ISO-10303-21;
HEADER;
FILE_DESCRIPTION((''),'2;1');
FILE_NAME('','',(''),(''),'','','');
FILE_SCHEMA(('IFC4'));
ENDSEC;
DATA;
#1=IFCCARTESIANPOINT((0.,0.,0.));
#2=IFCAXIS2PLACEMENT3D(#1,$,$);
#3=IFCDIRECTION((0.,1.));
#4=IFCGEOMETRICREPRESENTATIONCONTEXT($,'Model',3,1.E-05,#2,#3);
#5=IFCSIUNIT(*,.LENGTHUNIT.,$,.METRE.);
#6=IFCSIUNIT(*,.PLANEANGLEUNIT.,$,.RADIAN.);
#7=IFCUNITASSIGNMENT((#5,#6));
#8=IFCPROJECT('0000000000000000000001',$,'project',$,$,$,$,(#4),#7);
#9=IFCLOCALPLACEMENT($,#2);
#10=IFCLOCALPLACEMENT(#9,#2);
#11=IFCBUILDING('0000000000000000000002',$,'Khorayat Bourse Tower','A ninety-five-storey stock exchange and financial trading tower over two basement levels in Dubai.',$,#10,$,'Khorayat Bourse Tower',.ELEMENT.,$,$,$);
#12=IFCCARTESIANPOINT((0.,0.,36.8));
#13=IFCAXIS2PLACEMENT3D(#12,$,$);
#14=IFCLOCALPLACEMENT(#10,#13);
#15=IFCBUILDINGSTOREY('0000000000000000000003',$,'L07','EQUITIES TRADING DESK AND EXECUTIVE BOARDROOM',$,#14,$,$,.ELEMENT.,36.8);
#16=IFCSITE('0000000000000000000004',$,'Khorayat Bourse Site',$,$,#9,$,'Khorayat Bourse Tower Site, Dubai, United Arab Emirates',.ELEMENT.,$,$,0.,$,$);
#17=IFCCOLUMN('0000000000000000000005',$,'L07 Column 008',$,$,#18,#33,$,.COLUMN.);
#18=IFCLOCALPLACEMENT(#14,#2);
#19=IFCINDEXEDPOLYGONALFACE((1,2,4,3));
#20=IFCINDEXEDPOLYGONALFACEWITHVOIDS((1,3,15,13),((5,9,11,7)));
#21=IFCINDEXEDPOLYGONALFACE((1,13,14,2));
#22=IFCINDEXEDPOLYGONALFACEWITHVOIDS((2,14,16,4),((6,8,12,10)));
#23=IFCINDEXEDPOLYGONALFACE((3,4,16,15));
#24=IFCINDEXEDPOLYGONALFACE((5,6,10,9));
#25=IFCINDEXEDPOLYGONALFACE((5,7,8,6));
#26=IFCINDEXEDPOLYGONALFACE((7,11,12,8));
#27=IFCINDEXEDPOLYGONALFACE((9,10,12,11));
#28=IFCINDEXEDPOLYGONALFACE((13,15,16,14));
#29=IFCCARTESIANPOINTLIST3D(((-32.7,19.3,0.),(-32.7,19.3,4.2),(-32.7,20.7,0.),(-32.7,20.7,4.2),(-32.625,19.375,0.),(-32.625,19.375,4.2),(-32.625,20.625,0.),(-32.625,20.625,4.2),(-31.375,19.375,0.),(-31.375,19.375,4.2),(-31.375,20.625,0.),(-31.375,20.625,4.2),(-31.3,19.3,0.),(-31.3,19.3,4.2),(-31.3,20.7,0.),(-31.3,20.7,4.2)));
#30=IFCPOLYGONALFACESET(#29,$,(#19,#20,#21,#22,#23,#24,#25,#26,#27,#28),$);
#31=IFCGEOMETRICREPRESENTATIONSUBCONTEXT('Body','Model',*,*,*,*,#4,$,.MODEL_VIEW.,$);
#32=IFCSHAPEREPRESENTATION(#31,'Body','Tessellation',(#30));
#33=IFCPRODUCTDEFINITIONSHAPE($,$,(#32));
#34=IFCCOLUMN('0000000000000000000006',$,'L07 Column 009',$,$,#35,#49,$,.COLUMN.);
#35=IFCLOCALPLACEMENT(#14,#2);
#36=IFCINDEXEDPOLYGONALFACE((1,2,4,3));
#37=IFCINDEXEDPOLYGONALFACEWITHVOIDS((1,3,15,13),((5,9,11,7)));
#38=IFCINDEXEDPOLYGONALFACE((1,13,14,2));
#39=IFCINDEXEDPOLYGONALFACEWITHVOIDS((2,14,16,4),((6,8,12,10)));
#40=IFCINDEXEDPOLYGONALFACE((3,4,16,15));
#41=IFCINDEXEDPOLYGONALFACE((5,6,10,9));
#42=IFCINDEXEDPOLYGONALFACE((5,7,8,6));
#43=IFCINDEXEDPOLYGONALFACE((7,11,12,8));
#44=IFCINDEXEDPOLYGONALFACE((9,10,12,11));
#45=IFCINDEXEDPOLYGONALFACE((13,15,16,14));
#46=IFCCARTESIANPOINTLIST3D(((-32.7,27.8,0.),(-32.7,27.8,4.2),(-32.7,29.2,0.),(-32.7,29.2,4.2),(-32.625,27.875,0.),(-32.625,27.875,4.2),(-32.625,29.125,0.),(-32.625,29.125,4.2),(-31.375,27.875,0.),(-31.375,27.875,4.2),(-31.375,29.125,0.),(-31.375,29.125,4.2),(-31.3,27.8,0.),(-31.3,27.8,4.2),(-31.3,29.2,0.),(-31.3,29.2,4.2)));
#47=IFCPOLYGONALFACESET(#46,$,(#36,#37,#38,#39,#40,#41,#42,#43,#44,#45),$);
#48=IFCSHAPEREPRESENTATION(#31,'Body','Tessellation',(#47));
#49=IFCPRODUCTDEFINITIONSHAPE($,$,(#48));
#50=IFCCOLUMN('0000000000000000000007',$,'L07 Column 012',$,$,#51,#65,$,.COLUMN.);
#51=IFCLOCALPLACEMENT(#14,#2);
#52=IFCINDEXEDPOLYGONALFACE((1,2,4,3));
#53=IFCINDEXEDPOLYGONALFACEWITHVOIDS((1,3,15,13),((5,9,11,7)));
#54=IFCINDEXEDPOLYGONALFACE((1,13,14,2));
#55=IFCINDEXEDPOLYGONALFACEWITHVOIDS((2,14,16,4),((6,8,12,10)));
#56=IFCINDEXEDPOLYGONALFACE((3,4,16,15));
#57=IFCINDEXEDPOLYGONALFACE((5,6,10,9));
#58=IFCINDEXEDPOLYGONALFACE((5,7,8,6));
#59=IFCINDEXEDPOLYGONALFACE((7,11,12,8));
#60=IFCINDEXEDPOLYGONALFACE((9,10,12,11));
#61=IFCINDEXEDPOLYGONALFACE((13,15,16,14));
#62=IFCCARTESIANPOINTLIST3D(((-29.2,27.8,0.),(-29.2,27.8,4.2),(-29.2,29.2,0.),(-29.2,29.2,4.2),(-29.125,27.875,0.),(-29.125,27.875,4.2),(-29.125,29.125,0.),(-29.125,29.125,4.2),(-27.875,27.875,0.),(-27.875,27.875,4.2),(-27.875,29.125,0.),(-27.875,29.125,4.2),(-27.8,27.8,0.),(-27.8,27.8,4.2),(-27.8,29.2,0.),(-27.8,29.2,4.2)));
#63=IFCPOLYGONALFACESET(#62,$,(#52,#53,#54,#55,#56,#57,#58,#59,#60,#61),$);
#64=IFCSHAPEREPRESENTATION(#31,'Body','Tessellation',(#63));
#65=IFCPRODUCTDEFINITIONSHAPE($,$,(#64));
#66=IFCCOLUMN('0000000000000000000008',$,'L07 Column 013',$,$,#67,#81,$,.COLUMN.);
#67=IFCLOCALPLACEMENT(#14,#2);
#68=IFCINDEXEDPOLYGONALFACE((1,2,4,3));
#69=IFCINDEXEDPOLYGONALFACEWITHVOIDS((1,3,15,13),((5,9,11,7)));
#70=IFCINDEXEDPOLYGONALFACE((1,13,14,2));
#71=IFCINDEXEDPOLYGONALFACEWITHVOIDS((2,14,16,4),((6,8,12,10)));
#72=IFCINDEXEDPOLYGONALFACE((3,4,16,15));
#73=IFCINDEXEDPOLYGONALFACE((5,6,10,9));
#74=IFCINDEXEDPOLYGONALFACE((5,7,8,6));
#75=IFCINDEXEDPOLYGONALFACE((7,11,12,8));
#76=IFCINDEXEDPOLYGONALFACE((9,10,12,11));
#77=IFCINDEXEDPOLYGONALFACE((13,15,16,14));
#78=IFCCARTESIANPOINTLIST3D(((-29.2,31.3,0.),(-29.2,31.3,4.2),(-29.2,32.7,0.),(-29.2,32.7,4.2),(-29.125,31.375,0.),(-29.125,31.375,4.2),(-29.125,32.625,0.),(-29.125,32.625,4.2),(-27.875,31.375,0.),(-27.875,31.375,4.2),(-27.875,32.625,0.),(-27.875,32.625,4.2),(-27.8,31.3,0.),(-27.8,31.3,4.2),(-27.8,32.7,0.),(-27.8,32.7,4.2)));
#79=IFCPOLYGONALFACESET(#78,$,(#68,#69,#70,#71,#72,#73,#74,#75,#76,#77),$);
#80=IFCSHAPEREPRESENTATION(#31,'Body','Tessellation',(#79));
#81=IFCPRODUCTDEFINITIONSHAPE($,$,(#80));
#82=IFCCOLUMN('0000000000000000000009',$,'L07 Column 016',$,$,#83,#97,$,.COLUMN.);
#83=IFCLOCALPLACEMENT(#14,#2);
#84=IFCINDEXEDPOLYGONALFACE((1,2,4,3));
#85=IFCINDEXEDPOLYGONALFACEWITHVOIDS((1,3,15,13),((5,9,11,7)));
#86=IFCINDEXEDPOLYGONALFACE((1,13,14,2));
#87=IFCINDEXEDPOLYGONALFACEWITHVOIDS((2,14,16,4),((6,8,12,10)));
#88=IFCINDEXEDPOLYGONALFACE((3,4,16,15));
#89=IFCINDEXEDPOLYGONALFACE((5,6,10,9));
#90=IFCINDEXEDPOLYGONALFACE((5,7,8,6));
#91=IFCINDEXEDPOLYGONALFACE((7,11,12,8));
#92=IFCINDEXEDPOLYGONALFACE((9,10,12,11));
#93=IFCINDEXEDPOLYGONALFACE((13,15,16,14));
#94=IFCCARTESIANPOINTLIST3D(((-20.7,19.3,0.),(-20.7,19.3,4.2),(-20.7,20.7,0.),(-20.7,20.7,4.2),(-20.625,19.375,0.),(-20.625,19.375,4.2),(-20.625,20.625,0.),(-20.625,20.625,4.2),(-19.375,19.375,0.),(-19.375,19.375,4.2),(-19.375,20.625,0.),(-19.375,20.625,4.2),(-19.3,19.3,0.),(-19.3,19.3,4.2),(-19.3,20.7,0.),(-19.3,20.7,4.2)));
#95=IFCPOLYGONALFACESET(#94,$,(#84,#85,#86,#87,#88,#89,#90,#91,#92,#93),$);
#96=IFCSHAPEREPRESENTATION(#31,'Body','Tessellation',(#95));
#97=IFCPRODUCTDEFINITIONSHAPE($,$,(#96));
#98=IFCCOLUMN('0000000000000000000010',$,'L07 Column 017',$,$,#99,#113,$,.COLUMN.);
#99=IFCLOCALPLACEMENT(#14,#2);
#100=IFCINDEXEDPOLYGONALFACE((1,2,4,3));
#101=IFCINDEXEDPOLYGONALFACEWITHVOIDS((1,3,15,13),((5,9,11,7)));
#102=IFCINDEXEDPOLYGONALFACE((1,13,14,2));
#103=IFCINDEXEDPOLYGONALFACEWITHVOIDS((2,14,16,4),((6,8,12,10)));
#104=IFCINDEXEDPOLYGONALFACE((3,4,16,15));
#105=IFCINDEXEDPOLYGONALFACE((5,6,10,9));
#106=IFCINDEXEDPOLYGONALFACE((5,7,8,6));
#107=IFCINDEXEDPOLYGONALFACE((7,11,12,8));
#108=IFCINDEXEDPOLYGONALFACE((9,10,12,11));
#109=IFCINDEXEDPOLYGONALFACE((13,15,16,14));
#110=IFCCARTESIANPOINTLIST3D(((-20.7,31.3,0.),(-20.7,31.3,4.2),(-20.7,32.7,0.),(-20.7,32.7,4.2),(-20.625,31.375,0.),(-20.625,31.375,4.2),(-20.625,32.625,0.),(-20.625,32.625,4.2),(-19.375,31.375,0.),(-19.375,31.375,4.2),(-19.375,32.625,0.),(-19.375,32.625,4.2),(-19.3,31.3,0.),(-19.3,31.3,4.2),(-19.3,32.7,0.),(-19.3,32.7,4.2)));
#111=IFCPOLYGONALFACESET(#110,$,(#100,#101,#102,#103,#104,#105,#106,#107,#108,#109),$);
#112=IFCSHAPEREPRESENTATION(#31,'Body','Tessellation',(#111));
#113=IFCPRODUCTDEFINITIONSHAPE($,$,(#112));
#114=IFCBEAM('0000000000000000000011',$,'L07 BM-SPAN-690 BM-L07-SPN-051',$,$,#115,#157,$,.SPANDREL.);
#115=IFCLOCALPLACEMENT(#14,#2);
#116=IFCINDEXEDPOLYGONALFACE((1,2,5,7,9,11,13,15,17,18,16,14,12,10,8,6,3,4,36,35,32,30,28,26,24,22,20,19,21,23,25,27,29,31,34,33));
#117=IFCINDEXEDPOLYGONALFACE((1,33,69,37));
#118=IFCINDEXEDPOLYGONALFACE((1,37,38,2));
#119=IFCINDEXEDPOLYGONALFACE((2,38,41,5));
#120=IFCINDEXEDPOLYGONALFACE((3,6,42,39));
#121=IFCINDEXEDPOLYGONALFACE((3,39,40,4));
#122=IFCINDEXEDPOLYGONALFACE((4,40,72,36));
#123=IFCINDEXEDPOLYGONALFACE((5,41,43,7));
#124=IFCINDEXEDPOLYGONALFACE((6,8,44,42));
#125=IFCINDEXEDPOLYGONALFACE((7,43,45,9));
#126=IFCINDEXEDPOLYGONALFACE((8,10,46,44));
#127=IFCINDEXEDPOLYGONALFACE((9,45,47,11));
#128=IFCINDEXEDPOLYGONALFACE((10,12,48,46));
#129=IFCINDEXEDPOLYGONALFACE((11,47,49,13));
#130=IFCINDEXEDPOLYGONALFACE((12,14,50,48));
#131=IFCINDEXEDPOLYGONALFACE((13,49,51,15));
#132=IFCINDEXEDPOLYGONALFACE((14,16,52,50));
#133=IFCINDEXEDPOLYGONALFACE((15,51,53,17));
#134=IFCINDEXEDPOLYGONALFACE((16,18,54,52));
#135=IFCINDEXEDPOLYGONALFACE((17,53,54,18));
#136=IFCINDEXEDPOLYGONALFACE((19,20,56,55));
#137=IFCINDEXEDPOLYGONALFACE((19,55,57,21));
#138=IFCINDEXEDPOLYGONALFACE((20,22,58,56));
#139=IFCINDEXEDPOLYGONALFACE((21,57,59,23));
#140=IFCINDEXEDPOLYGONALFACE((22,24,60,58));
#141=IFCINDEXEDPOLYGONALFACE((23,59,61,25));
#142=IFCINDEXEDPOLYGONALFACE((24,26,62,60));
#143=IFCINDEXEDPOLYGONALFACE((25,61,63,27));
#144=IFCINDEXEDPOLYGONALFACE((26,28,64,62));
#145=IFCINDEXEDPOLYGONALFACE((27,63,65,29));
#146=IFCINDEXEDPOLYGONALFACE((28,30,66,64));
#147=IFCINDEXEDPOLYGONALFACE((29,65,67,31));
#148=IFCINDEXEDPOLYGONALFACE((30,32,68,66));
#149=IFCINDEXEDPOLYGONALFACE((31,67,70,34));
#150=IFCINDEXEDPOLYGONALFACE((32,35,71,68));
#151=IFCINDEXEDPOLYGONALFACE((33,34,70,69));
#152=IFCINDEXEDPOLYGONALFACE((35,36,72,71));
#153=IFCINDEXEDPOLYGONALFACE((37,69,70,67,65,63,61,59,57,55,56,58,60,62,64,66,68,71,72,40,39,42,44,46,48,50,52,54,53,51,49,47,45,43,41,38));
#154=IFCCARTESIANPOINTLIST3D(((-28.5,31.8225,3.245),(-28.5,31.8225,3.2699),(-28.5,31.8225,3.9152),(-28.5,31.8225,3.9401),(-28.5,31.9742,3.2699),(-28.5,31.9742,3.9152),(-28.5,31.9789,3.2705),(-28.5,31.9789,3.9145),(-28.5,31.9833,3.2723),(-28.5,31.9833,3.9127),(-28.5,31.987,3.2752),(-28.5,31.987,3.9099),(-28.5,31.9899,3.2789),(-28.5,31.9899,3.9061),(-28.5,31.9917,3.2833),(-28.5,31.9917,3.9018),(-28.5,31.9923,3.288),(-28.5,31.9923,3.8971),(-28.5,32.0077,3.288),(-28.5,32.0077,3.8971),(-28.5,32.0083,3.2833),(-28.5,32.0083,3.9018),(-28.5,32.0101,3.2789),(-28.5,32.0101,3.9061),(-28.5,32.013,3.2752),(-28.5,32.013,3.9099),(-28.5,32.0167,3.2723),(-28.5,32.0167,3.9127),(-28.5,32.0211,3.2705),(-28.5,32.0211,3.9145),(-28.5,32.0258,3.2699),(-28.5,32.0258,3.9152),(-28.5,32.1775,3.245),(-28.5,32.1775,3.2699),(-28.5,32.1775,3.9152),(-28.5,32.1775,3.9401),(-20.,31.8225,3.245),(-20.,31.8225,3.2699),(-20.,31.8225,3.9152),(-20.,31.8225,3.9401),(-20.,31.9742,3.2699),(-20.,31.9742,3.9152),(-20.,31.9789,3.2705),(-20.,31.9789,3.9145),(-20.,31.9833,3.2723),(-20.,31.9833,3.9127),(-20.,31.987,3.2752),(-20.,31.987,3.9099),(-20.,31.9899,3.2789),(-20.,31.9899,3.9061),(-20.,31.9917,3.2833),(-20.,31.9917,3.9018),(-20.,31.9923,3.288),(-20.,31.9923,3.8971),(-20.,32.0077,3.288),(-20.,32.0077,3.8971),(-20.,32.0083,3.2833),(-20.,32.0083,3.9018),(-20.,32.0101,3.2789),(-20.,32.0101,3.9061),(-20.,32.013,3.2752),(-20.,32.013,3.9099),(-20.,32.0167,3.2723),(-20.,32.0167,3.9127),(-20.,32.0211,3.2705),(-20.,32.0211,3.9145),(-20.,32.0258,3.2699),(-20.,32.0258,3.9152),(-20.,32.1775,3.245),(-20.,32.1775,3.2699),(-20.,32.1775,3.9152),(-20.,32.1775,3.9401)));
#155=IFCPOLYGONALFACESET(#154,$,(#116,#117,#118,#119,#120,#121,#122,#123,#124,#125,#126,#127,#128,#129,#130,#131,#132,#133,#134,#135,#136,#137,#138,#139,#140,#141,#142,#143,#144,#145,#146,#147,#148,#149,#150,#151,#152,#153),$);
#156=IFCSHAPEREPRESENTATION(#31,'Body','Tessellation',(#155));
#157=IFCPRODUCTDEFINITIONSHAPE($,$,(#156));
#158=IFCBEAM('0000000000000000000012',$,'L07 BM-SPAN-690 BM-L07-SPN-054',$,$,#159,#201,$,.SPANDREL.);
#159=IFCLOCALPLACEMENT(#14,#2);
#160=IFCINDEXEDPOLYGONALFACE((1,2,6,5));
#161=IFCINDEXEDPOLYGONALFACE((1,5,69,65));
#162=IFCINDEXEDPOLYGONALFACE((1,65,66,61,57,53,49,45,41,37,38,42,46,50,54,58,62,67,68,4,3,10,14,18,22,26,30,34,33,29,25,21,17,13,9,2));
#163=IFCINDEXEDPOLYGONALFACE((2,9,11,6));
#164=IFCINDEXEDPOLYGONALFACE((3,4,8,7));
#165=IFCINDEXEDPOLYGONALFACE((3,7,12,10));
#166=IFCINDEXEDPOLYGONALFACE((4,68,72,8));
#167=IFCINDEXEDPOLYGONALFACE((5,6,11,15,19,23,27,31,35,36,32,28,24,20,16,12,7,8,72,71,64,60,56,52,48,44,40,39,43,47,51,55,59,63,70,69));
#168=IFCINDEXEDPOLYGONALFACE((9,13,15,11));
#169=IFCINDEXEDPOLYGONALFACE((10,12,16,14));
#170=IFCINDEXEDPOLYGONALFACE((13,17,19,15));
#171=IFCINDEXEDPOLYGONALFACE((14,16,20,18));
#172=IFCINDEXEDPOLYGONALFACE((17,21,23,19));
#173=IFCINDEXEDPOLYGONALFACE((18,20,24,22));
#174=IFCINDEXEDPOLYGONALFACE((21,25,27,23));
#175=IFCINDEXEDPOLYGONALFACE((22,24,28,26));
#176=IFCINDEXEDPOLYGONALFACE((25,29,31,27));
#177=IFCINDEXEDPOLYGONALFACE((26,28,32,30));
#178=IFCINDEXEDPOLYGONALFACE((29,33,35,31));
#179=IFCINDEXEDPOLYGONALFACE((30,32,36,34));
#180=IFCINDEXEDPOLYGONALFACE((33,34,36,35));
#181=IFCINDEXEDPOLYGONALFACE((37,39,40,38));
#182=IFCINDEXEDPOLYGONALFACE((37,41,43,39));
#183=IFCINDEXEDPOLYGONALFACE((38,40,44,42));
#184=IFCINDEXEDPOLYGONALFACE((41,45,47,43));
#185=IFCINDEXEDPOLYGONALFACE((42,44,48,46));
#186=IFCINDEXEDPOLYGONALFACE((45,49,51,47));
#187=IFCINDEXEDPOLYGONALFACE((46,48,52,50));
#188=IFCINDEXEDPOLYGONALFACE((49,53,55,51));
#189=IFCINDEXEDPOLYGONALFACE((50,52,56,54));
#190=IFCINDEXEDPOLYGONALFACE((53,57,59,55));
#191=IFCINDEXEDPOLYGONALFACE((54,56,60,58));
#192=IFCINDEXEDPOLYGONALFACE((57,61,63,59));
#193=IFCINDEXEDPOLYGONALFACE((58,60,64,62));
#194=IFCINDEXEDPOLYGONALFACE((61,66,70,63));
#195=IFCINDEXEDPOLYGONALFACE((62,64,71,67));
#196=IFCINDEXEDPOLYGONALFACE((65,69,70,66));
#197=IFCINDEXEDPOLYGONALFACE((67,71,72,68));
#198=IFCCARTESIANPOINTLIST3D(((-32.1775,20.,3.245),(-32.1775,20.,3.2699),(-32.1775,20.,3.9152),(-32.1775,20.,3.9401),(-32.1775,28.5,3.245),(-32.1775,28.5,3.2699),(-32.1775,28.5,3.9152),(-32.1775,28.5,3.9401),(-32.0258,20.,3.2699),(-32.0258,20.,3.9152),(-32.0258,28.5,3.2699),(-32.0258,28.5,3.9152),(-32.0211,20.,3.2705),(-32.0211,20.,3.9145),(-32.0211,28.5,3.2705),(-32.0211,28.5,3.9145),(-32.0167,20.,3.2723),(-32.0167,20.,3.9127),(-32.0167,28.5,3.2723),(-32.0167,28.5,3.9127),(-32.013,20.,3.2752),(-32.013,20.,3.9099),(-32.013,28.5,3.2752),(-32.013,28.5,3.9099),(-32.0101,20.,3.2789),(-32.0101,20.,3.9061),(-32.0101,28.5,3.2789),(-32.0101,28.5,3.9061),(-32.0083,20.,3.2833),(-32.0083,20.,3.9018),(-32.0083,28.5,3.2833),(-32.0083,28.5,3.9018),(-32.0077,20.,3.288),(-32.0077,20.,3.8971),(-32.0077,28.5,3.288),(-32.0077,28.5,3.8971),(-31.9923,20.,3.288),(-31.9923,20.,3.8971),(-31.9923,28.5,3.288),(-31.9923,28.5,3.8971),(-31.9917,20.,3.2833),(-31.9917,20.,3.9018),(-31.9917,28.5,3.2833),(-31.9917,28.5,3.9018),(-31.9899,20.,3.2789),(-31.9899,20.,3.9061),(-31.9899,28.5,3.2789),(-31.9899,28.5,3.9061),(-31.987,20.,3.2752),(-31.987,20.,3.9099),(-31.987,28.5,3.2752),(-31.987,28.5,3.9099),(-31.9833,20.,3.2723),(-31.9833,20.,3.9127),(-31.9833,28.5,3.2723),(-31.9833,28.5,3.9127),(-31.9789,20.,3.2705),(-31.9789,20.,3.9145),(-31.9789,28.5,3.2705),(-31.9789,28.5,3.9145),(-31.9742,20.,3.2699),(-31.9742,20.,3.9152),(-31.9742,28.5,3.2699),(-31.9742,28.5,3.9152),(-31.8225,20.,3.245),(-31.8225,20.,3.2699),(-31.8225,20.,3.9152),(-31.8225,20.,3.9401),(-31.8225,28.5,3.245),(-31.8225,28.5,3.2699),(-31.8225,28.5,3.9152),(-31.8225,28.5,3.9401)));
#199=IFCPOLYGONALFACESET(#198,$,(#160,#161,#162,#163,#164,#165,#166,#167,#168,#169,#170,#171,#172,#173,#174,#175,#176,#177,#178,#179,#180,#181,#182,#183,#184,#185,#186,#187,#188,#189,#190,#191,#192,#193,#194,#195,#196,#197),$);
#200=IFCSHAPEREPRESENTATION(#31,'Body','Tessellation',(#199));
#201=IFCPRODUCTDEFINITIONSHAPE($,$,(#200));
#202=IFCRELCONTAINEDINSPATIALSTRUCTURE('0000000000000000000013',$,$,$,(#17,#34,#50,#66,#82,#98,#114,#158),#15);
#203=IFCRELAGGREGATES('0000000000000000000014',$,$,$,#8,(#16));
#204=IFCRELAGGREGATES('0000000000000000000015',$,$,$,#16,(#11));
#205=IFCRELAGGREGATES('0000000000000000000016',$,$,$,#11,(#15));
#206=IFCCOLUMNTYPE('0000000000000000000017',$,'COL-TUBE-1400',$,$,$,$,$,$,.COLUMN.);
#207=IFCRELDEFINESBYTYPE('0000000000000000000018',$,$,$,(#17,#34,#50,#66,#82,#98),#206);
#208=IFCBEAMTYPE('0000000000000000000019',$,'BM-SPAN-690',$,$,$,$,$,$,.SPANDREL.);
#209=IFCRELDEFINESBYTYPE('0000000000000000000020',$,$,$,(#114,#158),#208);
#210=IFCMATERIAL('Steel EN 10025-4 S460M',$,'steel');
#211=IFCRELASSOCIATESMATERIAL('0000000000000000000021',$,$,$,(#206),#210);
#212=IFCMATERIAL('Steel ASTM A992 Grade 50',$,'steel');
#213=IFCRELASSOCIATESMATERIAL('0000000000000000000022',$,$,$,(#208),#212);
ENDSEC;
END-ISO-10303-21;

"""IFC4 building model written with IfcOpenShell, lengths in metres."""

from ifc_helpers import new_model, si_unit, direction, frame, origin, origin_2d, place, context, subcontext, project, spatial, hollow_rectangle, i_section, extrude, source, transform, mapped, material, material_profile, profile_set, type_object, element, save


model = new_model("IFC4")

# Units and contexts
model_context = context("Model", 3, precision=1e-05, world=origin(), true_north=direction((0.0, 1.0)))
body_context = subcontext(model_context, "Body", "Model", "MODEL_VIEW")
ifc_project = project(units=[si_unit("LENGTHUNIT", "METRE"), si_unit("PLANEANGLEUNIT", "RADIAN")], contexts=[model_context])

# Site, building, storey
site_placement = place(None, origin())
site = spatial("IfcSite", under=ifc_project, at=site_placement, Name="Khorayat Bourse Site", LongName="Khorayat Bourse Tower Site, Dubai, United Arab Emirates", CompositionType="ELEMENT", RefElevation=0.0)
building_placement = place(site_placement, origin())
building = spatial("IfcBuilding", under=site, at=building_placement, Name="Khorayat Bourse Tower", Description="A ninety-five-storey stock exchange and financial trading tower over two basement levels in Dubai.", LongName="Khorayat Bourse Tower", CompositionType="ELEMENT")
storey_placement = place(building_placement, frame((0.0, 0.0, 36.8)))
storey = spatial("IfcBuildingStorey", under=building, at=storey_placement, Name="L07", Description="EQUITIES TRADING DESK AND EXECUTIVE BOARDROOM", CompositionType="ELEMENT", Elevation=36.8)

# Columns
ifc_material_1 = material(Name="Steel EN 10025-4 S460M", Category="steel")
ifc_material_profile_1 = material_profile(ifc_material_1, hollow_rectangle(XDim=1.3999, YDim=1.3999, WallThickness=0.075, at=origin_2d()), Name="BOX 1400x1400x75")
ifc_profile_set_1 = profile_set([ifc_material_profile_1], Name="Steel EN 10025-4 S460M")
column_type = type_object("IfcColumnType", Name="COL-TUBE-1400", PredefinedType="COLUMN", material=ifc_profile_set_1)
shared_shape_1 = source(origin(), body_context, "Body", "SweptSolid", [
    extrude(hollow_rectangle(XDim=1.3999, YDim=1.3999, WallThickness=0.075, at=origin_2d()), origin(), (0.0, 0.0, 1.0), 4.2),
])
for number, where, z_axis, x_axis, name in (
    (1, (-32.0, 20.0, 0.0), (0.0, 0.0, 1.0), (1.0, 0.0, 0.0), "L07 Column 008"),
    (2, (-32.0, 28.5, 0.0), (0.0, 0.0, 1.0), (1.0, 0.0, 0.0), "L07 Column 009"),
    (3, (-28.5, 28.5, 0.0), (0.0, 0.0, 1.0), (1.0, 0.0, 0.0), "L07 Column 012"),
    (4, (-28.5, 32.0, 0.0), (0.0, 0.0, 1.0), (1.0, 0.0, 0.0), "L07 Column 013"),
    (5, (-20.0, 20.0, 0.0), (0.0, 0.0, 1.0), (1.0, 0.0, 0.0), "L07 Column 016"),
    (6, (-20.0, 32.0, 0.0), (0.0, 0.0, 1.0), (1.0, 0.0, 0.0), "L07 Column 017"),
):
    element("IfcColumn", number, at=place(storey_placement, frame(where, z_axis=z_axis, x_axis=x_axis)), inside=storey, type_object=column_type, Name=name, PredefinedType="COLUMN", context=body_context, shape_type="MappedRepresentation", body=[
        mapped(shared_shape_1, transform((0.0, 0.0, 0.0), scale=1.0)),
    ])

# Beams
ifc_material_2 = material(Name="Steel ASTM A992 Grade 50", Category="steel")
ifc_material_profile_2 = material_profile(ifc_material_2, i_section(OverallWidth=0.355, OverallDepth=0.6951, WebThickness=0.0154, FlangeThickness=0.0249, FilletRadius=0.0181, at=origin_2d()), Name="W690X217")
ifc_profile_set_2 = profile_set([ifc_material_profile_2], Name="Steel ASTM A992 Grade 50")
beam_type_1 = type_object("IfcBeamType", Name="BM-SPAN-690", PredefinedType="SPANDREL", material=ifc_profile_set_2)
shared_shape_2 = source(origin(), body_context, "Body", "SweptSolid", [
    extrude(i_section(OverallWidth=0.355, OverallDepth=0.6951, WebThickness=0.0154, FlangeThickness=0.0249, FilletRadius=0.0181, at=origin_2d()), origin(), (0.0, 0.0, 1.0), 8.5),
])
for number, where, z_axis, x_axis, name in (
    (7, (-28.5, 32.0, 3.5925), (1.0, 0.0, 0.0), (0.0, 1.0, 0.0), "L07 BM-SPAN-690 BM-L07-SPN-051"),
    (8, (-32.0, 20.0, 3.5925), (0.0, 1.0, 0.0), (-1.0, 0.0, 0.0), "L07 BM-SPAN-690 BM-L07-SPN-054"),
):
    element("IfcBeam", number, at=place(storey_placement, frame(where, z_axis=z_axis, x_axis=x_axis)), inside=storey, type_object=beam_type_1, Name=name, PredefinedType="SPANDREL", context=body_context, shape_type="MappedRepresentation", body=[
        mapped(shared_shape_2, transform((0.0, 0.0, 0.0), scale=1.0)),
    ])

save(model, "model.ifc")
